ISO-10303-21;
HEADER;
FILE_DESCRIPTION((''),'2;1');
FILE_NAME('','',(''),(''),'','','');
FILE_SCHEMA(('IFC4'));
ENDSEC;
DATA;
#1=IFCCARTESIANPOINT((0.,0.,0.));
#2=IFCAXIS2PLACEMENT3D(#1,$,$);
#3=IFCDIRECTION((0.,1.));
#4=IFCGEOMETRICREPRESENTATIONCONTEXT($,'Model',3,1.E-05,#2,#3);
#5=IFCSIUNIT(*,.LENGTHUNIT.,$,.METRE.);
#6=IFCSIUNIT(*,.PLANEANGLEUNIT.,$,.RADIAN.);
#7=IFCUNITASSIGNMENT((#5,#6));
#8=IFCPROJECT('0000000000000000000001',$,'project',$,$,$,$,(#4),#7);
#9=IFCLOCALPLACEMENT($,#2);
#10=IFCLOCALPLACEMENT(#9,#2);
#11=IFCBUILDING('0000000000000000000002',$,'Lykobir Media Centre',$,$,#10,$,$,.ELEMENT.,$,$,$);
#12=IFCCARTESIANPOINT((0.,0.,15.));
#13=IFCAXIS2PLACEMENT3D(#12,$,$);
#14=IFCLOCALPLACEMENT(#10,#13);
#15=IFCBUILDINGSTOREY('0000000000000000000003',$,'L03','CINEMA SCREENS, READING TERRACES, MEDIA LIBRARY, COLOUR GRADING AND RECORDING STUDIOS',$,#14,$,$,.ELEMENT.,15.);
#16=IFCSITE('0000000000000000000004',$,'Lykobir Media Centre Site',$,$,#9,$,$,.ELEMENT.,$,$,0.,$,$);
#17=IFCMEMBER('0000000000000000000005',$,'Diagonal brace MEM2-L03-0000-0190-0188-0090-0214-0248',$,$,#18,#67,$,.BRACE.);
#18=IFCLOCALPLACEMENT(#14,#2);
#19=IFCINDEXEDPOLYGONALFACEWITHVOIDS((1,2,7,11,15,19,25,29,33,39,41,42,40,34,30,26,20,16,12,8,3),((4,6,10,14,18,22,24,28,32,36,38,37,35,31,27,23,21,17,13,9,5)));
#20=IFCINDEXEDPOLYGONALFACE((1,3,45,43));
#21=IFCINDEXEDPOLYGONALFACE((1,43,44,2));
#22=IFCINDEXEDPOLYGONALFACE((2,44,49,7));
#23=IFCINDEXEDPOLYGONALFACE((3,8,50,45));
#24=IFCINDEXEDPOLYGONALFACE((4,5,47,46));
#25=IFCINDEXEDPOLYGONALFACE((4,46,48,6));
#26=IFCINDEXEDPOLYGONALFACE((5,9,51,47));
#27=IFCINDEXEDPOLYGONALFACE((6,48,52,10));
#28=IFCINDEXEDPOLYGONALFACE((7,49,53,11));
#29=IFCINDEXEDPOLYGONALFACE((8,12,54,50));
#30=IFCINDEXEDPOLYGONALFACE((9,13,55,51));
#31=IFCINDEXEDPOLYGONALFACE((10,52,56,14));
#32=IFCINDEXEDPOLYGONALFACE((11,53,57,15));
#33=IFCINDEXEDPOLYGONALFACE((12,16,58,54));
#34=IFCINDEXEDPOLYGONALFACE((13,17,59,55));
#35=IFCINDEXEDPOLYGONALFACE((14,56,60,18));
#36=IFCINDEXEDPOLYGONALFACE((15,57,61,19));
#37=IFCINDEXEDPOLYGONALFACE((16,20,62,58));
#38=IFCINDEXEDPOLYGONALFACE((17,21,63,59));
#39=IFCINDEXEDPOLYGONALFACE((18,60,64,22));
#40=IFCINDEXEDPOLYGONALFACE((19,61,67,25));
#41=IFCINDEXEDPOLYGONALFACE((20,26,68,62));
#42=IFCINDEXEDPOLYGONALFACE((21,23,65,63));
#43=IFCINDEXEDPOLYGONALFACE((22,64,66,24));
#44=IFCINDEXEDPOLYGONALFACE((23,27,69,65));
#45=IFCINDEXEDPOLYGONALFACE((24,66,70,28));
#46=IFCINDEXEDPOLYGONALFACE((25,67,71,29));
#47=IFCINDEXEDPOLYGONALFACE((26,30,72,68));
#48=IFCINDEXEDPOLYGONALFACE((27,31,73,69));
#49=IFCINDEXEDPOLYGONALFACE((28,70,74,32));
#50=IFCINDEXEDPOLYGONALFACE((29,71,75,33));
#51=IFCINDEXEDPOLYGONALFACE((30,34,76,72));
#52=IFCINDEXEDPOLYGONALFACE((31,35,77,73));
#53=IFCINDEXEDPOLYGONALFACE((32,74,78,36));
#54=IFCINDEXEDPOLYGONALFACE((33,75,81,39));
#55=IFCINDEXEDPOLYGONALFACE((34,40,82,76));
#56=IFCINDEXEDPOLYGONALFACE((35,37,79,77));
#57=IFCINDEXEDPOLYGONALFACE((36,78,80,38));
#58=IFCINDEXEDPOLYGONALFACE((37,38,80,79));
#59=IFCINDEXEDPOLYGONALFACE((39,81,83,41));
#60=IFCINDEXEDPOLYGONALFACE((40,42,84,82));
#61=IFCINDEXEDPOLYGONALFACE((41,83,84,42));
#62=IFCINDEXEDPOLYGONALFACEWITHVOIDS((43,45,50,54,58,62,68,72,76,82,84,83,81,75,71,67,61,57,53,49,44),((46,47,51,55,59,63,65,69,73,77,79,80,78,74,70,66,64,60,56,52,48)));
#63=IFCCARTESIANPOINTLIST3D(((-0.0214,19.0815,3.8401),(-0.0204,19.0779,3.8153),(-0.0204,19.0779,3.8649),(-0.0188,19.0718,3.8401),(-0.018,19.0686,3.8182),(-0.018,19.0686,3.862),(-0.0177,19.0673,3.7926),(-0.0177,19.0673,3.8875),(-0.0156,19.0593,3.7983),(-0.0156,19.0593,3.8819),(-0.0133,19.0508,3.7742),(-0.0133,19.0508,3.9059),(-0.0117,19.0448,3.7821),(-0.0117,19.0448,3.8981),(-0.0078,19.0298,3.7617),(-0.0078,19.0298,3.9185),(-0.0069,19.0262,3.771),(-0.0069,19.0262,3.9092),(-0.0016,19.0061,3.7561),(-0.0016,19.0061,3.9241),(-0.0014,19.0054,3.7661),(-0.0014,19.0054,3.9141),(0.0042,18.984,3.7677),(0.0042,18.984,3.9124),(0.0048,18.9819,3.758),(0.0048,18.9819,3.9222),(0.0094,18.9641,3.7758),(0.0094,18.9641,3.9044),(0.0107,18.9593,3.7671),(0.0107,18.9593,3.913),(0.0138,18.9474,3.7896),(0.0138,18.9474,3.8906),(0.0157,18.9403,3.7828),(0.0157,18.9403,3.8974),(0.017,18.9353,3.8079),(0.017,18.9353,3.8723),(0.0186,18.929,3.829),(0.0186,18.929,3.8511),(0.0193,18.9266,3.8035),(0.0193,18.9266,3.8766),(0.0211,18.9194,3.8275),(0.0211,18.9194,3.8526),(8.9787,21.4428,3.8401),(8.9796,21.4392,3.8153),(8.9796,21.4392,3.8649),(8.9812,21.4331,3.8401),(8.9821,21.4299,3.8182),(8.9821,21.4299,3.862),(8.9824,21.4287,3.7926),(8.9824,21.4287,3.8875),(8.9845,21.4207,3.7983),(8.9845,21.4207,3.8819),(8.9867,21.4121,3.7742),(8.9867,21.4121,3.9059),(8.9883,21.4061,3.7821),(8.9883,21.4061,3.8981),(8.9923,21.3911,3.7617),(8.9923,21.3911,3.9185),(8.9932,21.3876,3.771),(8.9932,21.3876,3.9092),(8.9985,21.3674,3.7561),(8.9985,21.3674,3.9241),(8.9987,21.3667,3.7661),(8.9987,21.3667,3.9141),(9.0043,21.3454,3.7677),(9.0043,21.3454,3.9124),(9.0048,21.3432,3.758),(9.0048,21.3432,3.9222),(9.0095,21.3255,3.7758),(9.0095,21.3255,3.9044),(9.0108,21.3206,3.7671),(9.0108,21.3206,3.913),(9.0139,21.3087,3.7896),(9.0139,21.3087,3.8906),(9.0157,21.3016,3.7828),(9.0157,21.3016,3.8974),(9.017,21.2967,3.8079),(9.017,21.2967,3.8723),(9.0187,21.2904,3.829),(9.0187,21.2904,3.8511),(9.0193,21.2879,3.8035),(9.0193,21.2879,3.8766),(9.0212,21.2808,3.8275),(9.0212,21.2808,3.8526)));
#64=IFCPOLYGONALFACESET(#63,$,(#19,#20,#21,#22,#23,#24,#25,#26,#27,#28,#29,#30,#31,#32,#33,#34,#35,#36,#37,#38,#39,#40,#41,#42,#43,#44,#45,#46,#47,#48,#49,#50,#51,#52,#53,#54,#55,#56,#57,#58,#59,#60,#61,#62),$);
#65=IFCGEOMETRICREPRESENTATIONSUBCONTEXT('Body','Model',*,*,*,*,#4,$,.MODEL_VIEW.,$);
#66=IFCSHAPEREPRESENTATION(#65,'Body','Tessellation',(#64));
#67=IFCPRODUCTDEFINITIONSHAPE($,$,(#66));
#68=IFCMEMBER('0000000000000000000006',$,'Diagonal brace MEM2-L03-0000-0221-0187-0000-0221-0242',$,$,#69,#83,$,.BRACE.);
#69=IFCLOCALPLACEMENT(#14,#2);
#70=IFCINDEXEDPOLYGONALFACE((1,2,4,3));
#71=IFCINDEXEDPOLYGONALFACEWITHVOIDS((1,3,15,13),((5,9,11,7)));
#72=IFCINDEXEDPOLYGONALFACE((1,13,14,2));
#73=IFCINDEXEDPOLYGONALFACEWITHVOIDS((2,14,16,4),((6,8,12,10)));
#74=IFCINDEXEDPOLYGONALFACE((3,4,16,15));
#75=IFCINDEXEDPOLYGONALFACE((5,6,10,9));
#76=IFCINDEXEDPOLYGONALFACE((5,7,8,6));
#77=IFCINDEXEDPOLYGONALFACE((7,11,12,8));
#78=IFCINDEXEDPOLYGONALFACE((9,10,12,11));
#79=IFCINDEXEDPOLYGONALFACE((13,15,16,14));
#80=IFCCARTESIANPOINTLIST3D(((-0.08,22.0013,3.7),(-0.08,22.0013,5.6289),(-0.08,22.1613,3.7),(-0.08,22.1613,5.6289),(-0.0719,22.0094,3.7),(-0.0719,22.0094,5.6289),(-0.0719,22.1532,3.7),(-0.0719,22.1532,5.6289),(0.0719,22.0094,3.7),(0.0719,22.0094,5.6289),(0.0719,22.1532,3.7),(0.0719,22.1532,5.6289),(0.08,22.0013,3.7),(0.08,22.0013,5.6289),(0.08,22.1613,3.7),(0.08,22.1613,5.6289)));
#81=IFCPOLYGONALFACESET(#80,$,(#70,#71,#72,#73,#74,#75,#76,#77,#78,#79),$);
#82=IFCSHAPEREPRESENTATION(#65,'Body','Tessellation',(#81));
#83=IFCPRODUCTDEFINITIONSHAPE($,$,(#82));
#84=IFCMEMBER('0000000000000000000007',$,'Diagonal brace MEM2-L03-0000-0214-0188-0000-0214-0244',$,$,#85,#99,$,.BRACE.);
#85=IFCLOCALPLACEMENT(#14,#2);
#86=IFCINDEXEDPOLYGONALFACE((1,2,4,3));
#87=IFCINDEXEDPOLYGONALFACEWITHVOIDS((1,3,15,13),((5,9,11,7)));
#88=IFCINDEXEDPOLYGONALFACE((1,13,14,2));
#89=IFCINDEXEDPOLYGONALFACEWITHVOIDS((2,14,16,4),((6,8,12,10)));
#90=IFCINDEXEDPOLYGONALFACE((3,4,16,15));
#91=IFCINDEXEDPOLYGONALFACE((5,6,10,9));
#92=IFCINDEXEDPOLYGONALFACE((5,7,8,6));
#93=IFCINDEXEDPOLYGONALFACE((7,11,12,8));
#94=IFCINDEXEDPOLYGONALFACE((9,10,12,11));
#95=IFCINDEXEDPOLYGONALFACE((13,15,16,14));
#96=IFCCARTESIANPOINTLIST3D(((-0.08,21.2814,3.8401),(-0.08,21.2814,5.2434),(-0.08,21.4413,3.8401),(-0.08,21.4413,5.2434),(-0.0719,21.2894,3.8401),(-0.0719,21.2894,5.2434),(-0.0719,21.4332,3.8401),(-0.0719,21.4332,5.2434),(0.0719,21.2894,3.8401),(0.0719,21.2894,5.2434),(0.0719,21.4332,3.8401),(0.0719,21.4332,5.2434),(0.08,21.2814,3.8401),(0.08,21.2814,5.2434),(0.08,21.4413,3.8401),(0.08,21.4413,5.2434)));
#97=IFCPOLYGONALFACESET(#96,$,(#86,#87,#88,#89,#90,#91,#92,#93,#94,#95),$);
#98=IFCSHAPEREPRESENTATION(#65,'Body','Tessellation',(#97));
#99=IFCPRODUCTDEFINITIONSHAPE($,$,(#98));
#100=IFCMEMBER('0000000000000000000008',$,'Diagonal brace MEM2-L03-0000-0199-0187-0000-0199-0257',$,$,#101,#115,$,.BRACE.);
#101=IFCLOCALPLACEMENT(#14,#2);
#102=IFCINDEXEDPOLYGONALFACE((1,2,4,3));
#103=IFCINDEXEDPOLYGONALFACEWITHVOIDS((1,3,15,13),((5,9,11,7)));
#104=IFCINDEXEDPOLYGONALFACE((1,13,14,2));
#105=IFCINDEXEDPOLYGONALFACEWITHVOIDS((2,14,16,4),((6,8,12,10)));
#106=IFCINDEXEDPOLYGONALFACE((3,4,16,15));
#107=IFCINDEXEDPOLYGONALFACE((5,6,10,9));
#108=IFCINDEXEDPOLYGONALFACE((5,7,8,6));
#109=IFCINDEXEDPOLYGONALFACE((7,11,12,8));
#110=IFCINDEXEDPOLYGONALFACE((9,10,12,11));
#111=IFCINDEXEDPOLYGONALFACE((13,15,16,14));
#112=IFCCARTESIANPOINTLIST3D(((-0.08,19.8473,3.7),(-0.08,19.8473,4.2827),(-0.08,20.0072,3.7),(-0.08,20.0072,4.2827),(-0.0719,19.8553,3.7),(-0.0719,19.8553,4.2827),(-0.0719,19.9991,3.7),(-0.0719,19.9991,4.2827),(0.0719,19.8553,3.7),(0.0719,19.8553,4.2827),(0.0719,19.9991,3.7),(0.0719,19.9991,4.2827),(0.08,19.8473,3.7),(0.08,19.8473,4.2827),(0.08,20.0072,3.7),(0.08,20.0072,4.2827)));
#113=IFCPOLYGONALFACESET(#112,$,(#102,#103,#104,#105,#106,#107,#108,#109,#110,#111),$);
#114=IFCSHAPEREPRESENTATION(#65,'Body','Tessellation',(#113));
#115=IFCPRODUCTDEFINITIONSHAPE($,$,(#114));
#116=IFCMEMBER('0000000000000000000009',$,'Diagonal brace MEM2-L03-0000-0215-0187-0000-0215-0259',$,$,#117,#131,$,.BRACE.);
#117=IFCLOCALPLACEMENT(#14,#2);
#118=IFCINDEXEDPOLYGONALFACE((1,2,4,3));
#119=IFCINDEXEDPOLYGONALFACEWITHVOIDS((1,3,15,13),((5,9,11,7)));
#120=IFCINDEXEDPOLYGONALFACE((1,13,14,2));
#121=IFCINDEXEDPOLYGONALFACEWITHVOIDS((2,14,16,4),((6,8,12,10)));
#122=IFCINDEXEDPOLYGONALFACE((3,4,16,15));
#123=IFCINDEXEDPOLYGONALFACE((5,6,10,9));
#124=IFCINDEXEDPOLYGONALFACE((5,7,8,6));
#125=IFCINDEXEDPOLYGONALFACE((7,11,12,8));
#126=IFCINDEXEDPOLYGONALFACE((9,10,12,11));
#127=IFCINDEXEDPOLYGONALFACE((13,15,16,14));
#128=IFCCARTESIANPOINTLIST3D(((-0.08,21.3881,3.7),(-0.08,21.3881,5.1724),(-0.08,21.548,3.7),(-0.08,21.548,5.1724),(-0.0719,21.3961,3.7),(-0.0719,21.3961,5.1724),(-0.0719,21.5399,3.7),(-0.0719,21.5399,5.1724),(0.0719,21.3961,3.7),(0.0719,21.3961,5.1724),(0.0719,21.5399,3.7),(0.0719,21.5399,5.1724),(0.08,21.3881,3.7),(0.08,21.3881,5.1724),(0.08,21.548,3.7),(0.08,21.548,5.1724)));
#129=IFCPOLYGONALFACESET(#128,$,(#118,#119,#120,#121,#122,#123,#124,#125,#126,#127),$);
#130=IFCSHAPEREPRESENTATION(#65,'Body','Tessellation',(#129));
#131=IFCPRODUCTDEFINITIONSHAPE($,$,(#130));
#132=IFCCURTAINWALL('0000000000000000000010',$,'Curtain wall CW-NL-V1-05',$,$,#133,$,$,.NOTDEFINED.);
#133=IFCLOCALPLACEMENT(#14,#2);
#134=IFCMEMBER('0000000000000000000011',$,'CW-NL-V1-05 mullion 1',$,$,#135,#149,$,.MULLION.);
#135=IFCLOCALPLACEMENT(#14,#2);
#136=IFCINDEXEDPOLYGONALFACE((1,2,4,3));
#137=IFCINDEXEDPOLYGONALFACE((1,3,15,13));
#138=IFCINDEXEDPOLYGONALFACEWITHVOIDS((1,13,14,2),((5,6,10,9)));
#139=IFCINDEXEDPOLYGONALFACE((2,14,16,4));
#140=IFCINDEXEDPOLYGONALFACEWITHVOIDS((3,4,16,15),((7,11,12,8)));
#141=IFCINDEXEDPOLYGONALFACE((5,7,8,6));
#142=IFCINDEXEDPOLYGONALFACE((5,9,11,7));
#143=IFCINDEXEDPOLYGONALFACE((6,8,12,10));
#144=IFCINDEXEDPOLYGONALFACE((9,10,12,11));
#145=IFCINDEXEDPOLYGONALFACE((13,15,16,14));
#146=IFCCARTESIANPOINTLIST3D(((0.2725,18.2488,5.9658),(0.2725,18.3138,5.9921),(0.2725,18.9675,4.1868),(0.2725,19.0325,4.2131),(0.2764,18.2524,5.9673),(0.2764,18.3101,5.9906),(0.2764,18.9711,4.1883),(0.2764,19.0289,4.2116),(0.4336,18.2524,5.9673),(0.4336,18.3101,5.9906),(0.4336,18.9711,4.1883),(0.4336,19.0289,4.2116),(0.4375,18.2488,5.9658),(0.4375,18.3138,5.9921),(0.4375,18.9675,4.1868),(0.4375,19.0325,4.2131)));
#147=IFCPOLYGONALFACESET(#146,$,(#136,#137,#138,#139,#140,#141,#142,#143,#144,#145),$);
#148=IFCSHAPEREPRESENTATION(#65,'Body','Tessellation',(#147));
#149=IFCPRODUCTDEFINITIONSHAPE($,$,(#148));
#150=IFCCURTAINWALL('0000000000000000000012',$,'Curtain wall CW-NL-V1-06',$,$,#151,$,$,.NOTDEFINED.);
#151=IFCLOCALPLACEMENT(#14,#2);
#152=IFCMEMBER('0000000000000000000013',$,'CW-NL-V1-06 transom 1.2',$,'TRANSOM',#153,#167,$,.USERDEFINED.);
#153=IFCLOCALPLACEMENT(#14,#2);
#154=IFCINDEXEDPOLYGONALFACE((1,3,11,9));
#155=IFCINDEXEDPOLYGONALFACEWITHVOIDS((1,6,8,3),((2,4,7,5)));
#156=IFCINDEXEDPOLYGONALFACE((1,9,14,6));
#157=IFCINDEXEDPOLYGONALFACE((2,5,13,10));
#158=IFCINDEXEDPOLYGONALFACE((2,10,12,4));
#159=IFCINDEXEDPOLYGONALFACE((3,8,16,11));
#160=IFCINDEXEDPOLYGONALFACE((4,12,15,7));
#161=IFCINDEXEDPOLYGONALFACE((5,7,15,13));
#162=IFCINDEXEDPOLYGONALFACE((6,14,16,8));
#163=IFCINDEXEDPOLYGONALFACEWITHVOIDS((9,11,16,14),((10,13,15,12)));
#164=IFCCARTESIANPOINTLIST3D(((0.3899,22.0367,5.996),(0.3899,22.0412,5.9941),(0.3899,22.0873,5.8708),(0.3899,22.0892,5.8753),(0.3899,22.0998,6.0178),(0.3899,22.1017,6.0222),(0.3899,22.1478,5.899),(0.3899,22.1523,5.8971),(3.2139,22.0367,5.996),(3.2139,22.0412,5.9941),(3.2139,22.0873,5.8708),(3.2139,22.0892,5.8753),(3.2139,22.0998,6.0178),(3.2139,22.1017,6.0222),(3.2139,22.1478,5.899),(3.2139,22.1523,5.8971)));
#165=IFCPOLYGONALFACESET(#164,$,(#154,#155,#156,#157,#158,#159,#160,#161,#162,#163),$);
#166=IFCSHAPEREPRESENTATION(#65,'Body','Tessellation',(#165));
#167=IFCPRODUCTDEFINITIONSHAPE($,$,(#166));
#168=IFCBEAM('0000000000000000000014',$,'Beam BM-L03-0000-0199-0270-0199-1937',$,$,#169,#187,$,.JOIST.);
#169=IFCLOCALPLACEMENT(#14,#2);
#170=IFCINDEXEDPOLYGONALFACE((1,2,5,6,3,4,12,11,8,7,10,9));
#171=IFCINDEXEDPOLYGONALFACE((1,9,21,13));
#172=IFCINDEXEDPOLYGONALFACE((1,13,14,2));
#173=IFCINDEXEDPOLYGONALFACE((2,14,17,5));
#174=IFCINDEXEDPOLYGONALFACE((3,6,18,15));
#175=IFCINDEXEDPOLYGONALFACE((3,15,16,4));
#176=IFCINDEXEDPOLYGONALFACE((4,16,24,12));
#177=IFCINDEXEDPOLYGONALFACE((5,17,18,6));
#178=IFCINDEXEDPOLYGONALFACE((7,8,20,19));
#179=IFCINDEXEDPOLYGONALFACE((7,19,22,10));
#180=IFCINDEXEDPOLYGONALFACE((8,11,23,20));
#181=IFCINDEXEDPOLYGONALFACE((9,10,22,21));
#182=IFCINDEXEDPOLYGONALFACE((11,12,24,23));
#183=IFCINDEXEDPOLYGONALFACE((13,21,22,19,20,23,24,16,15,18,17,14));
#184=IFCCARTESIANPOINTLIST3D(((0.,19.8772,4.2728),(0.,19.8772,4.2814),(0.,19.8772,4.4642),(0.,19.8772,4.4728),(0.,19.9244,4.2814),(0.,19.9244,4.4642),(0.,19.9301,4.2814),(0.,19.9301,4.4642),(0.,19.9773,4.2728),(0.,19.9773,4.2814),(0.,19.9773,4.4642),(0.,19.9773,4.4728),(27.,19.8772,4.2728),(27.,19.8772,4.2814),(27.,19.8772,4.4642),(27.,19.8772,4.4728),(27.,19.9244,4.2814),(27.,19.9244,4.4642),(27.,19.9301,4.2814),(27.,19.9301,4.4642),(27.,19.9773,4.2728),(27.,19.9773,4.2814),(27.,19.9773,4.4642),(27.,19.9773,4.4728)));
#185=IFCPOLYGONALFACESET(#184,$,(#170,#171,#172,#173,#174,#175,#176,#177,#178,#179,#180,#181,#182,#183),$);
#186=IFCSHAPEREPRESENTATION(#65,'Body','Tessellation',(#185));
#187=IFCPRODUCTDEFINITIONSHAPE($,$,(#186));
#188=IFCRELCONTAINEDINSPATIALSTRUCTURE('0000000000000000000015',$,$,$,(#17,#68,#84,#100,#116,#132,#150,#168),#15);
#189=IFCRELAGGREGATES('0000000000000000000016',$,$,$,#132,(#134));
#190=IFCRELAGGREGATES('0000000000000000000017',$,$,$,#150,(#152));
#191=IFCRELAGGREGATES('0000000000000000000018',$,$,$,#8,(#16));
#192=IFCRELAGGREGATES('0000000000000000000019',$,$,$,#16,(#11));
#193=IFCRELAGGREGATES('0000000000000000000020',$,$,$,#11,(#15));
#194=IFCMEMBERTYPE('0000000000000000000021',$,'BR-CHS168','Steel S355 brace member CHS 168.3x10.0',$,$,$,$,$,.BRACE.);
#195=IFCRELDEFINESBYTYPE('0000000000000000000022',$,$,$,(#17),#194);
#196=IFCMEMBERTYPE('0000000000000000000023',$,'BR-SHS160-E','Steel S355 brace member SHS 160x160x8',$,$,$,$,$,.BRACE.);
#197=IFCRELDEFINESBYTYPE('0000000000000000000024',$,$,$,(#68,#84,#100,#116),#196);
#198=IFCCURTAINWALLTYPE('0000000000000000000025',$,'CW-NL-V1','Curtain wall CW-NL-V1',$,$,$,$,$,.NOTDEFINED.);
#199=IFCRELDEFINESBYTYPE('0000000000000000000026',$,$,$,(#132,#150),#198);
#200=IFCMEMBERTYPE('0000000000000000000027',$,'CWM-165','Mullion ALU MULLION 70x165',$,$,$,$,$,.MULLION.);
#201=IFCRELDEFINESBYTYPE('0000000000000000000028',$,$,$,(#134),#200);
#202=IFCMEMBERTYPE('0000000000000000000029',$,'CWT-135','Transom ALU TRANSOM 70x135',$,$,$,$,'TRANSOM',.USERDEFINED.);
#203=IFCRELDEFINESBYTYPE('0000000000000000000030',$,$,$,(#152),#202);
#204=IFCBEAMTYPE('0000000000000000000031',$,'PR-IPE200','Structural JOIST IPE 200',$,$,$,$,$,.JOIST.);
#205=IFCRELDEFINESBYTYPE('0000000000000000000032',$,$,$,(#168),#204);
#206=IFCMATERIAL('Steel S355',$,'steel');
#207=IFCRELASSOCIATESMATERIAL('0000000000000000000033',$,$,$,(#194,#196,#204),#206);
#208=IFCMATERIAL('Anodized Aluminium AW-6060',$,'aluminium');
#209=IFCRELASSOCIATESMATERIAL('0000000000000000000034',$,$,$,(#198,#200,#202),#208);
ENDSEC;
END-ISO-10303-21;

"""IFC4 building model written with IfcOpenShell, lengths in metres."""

from ifc_helpers import new_model, si_unit, direction, frame, origin, origin_2d, place, context, subcontext, project, spatial, hollow_rectangle, hollow_circle, i_section, extrude, material, material_profile, profile_set, type_object, element, aggregate, save


model = new_model("IFC4")

# Units and contexts
model_context = context("Model", 3, precision=1e-05, world=origin(), true_north=direction((0.0, 1.0)))
body_context = subcontext(model_context, "Body", "Model", "MODEL_VIEW")
ifc_project = project(units=[si_unit("LENGTHUNIT", "METRE"), si_unit("PLANEANGLEUNIT", "RADIAN")], contexts=[model_context])

# Site, building, storey
site_placement = place(None, origin())
site = spatial("IfcSite", under=ifc_project, at=site_placement, Name="Lykobir Media Centre Site", CompositionType="ELEMENT", RefElevation=0.0)
building_placement = place(site_placement, origin())
building = spatial("IfcBuilding", under=site, at=building_placement, Name="Lykobir Media Centre", CompositionType="ELEMENT")
storey_placement = place(building_placement, frame((0.0, 0.0, 15.0)))
storey = spatial("IfcBuildingStorey", under=building, at=storey_placement, Name="L03", Description="CINEMA SCREENS, READING TERRACES, MEDIA LIBRARY, COLOUR GRADING AND RECORDING STUDIOS", CompositionType="ELEMENT", Elevation=15.0)

# Members
ifc_material_1 = material(Name="Steel S355", Category="steel")
ifc_material_profile_1 = material_profile(ifc_material_1, hollow_circle(Radius=0.0842, WallThickness=0.01, at=origin_2d()), Name="CHS 168.3x10.0")
ifc_profile_set_1 = profile_set([ifc_material_profile_1], Name="Steel S355")
member_type_1 = type_object("IfcMemberType", Name="BR-CHS168", Description="Steel S355 brace member CHS 168.3x10.0", PredefinedType="BRACE", material=ifc_profile_set_1)
member_1_placement = place(storey_placement, frame((0.0, 19.0, 3.8401), z_axis=(0.967262, 0.25378, 0.0), x_axis=(-0.25378, 0.967262, 0.0)))
element("IfcMember", 1, at=member_1_placement, inside=storey, type_object=member_type_1, Name="Diagonal brace MEM2-L03-0000-0190-0188-0090-0214-0248", PredefinedType="BRACE", context=body_context, shape_type="SweptSolid", body=[
    extrude(hollow_circle(Radius=0.0842, WallThickness=0.01, at=origin_2d()), origin(), (0.0, 0.0, 1.0), 9.3047),
])
ifc_material_profile_2 = material_profile(ifc_material_1, hollow_rectangle(XDim=0.1599, YDim=0.1599, WallThickness=0.0081, at=origin_2d()), Name="SHS 160x160x8")
ifc_profile_set_2 = profile_set([ifc_material_profile_2], Name="Steel S355")
member_type_2 = type_object("IfcMemberType", Name="BR-SHS160-E", Description="Steel S355 brace member SHS 160x160x8", PredefinedType="BRACE", material=ifc_profile_set_2)
member_2_placement = place(storey_placement, frame((0.0, 22.0813, 3.7), z_axis=(0.0, 0.0, 1.0), x_axis=(1.0, 0.0, 0.0)))
element("IfcMember", 2, at=member_2_placement, inside=storey, type_object=member_type_2, Name="Diagonal brace MEM2-L03-0000-0221-0187-0000-0221-0242", PredefinedType="BRACE", context=body_context, shape_type="SweptSolid", body=[
    extrude(hollow_rectangle(XDim=0.1599, YDim=0.1599, WallThickness=0.0081, at=origin_2d()), origin(), (0.0, 0.0, 1.0), 1.929),
])
member_3_placement = place(storey_placement, frame((0.0, 21.3613, 3.8401), z_axis=(0.0, 0.0, 1.0), x_axis=(1.0, 0.0, 0.0)))
element("IfcMember", 3, at=member_3_placement, inside=storey, type_object=member_type_2, Name="Diagonal brace MEM2-L03-0000-0214-0188-0000-0214-0244", PredefinedType="BRACE", context=body_context, shape_type="SweptSolid", body=[
    extrude(hollow_rectangle(XDim=0.1599, YDim=0.1599, WallThickness=0.0081, at=origin_2d()), origin(), (0.0, 0.0, 1.0), 1.4033),
])
member_4_placement = place(storey_placement, frame((0.0, 19.9272, 3.7), z_axis=(0.0, 0.0, 1.0), x_axis=(1.0, 0.0, 0.0)))
element("IfcMember", 4, at=member_4_placement, inside=storey, type_object=member_type_2, Name="Diagonal brace MEM2-L03-0000-0199-0187-0000-0199-0257", PredefinedType="BRACE", context=body_context, shape_type="SweptSolid", body=[
    extrude(hollow_rectangle(XDim=0.1599, YDim=0.1599, WallThickness=0.0081, at=origin_2d()), origin(), (0.0, 0.0, 1.0), 0.5828),
])
member_5_placement = place(storey_placement, frame((0.0, 21.468, 3.7), z_axis=(0.0, 0.0, 1.0), x_axis=(1.0, 0.0, 0.0)))
element("IfcMember", 5, at=member_5_placement, inside=storey, type_object=member_type_2, Name="Diagonal brace MEM2-L03-0000-0215-0187-0000-0215-0259", PredefinedType="BRACE", context=body_context, shape_type="SweptSolid", body=[
    extrude(hollow_rectangle(XDim=0.1599, YDim=0.1599, WallThickness=0.0081, at=origin_2d()), origin(), (0.0, 0.0, 1.0), 1.4724),
])

# Curtain walls, members
ifc_material_2 = material(Name="Anodized Aluminium AW-6060", Category="aluminium")
curtain_wall_type = type_object("IfcCurtainWallType", Name="CW-NL-V1", Description="Curtain wall CW-NL-V1", PredefinedType="NOTDEFINED", material=ifc_material_2)
curtain_wall_1_placement = place(storey_placement, origin())
curtain_wall_1 = element("IfcCurtainWall", 6, at=curtain_wall_1_placement, inside=storey, type_object=curtain_wall_type, Name="Curtain wall CW-NL-V1-05", PredefinedType="NOTDEFINED")
ifc_material_profile_3 = material_profile(ifc_material_2, hollow_rectangle(XDim=0.0701, YDim=0.165, WallThickness=0.0039, at=origin_2d()), Name="ALU MULLION 70x165")
ifc_profile_set_3 = profile_set([ifc_material_profile_3], Name="Anodized Aluminium AW-6060")
member_type_3 = type_object("IfcMemberType", Name="CWM-165", Description="Mullion ALU MULLION 70x165", PredefinedType="MULLION", material=ifc_profile_set_3)
member_6_placement = place(storey_placement, frame((0.355, 19.0, 4.2), z_axis=(0.0, -0.374591, 0.92719), x_axis=(0.0, 0.92719, 0.374591)))
member_6 = element("IfcMember", 7, at=member_6_placement, type_object=member_type_3, Name="CW-NL-V1-05 mullion 1", PredefinedType="MULLION", context=body_context, shape_type="SweptSolid", body=[
    extrude(hollow_rectangle(XDim=0.0701, YDim=0.165, WallThickness=0.0039, at=origin_2d()), origin(), (0.0, 0.0, 1.0), 1.9187),
])
aggregate(curtain_wall_1, [member_6])
curtain_wall_2_placement = place(storey_placement, origin())
curtain_wall_2 = element("IfcCurtainWall", 8, at=curtain_wall_2_placement, inside=storey, type_object=curtain_wall_type, Name="Curtain wall CW-NL-V1-06", PredefinedType="NOTDEFINED")
ifc_material_profile_4 = material_profile(ifc_material_2, hollow_rectangle(XDim=0.0701, YDim=0.135, WallThickness=0.0034, at=origin_2d()), Name="ALU TRANSOM 70x135")
ifc_profile_set_4 = profile_set([ifc_material_profile_4], Name="Anodized Aluminium AW-6060")
member_type_4 = type_object("IfcMemberType", Name="CWT-135", Description="Transom ALU TRANSOM 70x135", ElementType="TRANSOM", PredefinedType="USERDEFINED", material=ifc_profile_set_4)
member_7_placement = place(storey_placement, frame((0.3899, 22.0945, 5.9465), z_axis=(1.0, 0.0, 0.0), x_axis=(0.0, 0.927184, 0.374607)))
member_7 = element("IfcMember", 9, at=member_7_placement, type_object=member_type_4, Name="CW-NL-V1-06 transom 1.2", ObjectType="TRANSOM", PredefinedType="USERDEFINED", context=body_context, shape_type="SweptSolid", body=[
    extrude(hollow_rectangle(XDim=0.0701, YDim=0.135, WallThickness=0.0034, at=origin_2d()), origin(), (0.0, 0.0, 1.0), 2.824),
])
aggregate(curtain_wall_2, [member_7])

# Beam
ifc_material_profile_5 = material_profile(ifc_material_1, i_section(OverallWidth=0.1001, OverallDepth=0.2, WebThickness=0.0056, FlangeThickness=0.0085, at=origin_2d()), Name="IPE 200")
ifc_profile_set_5 = profile_set([ifc_material_profile_5], Name="Steel S355")
beam_type = type_object("IfcBeamType", Name="PR-IPE200", Description="Structural JOIST IPE 200", PredefinedType="JOIST", material=ifc_profile_set_5)
for number, where, z_axis, x_axis, name in (
    (10, (0.0, 19.9272, 4.3728), (1.0, 0.0, 0.0), (0.0, 1.0, 0.0), "Beam BM-L03-0000-0199-0270-0199-1937"),
):
    element("IfcBeam", number, at=place(storey_placement, frame(where, z_axis=z_axis, x_axis=x_axis)), inside=storey, type_object=beam_type, Name=name, PredefinedType="JOIST", context=body_context, shape_type="SweptSolid", body=[
        extrude(i_section(OverallWidth=0.1001, OverallDepth=0.2, WebThickness=0.0056, FlangeThickness=0.0085, at=origin_2d()), origin(), (0.0, 0.0, 1.0), 27.0),
    ])

save(model, "model.ifc")
